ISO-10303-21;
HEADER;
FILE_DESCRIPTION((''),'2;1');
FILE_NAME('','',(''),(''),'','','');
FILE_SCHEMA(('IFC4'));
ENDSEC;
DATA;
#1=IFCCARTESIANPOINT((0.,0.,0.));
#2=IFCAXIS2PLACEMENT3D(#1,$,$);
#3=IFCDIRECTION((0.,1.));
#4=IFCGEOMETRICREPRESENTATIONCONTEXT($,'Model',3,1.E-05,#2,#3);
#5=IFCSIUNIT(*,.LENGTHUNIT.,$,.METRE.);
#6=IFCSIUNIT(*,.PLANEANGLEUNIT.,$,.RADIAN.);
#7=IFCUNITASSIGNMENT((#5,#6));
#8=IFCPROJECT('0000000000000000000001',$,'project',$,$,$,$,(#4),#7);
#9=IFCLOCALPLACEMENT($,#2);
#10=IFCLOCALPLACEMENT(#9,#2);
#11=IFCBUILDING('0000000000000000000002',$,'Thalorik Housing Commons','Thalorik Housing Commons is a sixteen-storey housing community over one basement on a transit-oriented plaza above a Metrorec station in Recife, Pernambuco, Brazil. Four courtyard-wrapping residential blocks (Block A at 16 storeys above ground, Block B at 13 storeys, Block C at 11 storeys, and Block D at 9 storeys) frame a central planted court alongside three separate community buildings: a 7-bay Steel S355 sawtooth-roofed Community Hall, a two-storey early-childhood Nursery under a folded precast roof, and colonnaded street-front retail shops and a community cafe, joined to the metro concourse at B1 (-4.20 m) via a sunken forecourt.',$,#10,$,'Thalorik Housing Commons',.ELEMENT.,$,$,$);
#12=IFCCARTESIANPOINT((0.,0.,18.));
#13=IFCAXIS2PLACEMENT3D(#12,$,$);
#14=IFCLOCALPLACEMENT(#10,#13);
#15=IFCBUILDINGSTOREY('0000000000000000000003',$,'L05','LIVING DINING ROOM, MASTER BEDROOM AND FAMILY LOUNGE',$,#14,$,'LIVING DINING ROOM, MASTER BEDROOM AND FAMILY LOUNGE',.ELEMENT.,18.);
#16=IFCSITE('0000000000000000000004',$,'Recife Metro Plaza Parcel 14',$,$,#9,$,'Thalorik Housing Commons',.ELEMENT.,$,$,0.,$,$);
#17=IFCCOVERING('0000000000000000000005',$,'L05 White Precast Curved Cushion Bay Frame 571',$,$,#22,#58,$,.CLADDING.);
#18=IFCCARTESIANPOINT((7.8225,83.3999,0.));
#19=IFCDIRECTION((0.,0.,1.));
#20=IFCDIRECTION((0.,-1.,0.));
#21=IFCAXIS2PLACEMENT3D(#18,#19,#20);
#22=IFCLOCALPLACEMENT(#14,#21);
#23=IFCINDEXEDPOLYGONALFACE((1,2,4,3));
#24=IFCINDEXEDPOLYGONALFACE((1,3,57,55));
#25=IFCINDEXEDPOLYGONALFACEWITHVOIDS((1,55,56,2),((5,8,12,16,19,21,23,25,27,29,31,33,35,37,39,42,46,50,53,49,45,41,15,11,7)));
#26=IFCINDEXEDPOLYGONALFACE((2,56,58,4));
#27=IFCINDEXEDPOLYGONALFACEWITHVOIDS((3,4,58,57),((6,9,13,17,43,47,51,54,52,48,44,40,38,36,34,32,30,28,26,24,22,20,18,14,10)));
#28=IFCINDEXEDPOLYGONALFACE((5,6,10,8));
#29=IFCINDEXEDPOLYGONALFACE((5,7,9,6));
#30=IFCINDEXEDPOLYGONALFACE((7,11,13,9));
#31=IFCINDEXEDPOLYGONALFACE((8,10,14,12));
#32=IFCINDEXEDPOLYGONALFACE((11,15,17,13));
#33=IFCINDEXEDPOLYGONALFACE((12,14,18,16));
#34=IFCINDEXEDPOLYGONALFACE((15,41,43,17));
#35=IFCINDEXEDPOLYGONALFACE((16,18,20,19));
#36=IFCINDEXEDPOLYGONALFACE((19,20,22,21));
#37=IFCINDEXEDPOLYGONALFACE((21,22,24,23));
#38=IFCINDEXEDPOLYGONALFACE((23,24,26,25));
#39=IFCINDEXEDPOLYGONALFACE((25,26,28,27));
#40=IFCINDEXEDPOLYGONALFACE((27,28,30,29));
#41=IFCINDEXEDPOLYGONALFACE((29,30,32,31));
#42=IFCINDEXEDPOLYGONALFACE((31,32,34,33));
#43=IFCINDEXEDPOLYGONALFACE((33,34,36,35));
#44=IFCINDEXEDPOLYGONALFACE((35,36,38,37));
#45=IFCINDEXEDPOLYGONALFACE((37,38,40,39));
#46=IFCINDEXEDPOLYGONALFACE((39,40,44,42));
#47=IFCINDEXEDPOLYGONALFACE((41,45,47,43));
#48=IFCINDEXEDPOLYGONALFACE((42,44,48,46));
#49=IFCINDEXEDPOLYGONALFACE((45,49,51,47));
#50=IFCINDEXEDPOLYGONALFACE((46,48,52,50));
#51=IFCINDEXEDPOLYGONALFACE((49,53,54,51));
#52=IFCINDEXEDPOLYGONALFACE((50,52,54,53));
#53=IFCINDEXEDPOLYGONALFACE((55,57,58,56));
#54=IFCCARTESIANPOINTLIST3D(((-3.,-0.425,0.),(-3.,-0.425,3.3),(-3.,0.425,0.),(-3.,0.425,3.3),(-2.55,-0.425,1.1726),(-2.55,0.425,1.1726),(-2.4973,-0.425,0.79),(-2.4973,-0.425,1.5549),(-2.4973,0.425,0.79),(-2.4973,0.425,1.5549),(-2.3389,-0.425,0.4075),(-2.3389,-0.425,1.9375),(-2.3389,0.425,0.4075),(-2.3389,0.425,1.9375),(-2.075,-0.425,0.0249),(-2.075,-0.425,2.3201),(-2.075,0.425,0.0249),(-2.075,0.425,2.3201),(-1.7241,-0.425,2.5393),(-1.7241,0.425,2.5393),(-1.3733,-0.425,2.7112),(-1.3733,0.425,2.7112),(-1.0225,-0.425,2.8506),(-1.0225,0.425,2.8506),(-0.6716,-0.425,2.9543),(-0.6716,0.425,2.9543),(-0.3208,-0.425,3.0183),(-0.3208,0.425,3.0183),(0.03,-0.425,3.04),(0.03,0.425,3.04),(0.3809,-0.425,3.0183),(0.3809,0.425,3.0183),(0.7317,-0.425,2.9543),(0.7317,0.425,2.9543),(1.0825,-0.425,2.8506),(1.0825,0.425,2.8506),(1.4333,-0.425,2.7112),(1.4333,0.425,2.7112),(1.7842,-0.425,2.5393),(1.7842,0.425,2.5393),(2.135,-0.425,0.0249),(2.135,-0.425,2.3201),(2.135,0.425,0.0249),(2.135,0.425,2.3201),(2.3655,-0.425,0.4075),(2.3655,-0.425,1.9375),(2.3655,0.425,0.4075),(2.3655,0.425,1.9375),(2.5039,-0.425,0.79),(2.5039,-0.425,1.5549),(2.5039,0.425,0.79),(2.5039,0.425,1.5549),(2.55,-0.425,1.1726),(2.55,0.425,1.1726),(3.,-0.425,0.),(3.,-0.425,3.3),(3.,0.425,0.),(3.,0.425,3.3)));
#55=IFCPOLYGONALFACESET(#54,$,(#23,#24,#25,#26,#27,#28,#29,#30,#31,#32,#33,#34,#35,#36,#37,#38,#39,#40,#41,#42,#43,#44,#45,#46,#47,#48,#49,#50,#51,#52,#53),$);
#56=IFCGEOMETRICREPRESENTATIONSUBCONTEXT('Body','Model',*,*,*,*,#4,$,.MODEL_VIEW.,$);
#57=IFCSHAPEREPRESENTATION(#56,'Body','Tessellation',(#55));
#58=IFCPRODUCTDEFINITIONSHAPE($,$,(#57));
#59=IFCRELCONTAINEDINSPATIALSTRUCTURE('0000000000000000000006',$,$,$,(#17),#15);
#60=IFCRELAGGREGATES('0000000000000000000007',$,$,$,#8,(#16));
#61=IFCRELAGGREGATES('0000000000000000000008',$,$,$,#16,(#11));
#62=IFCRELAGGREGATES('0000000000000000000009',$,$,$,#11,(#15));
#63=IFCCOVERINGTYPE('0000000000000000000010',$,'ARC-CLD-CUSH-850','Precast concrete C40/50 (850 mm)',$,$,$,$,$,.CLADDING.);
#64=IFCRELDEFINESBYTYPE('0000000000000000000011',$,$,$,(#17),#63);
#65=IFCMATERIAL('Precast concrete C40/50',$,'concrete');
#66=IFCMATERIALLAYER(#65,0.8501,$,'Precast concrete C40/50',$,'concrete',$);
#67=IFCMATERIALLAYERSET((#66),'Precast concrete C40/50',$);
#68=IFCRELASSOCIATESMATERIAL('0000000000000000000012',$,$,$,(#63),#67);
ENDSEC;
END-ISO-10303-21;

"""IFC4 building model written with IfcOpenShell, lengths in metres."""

from ifc_helpers import new_model, si_unit, direction, frame, origin, place, context, subcontext, project, spatial, polyline, outline, extrude, material, layer, layer_set, type_object, element, save


model = new_model("IFC4")

# Units and contexts
model_context = context("Model", 3, precision=1e-05, world=origin(), true_north=direction((0.0, 1.0)))
body_context = subcontext(model_context, "Body", "Model", "MODEL_VIEW")
ifc_project = project(units=[si_unit("LENGTHUNIT", "METRE"), si_unit("PLANEANGLEUNIT", "RADIAN")], contexts=[model_context])

# Site, building, storey
site_placement = place(None, origin())
site = spatial("IfcSite", under=ifc_project, at=site_placement, Name="Recife Metro Plaza Parcel 14", LongName="Thalorik Housing Commons", CompositionType="ELEMENT", RefElevation=0.0)
building_placement = place(site_placement, origin())
building = spatial("IfcBuilding", under=site, at=building_placement, Name="Thalorik Housing Commons", Description="Thalorik Housing Commons is a sixteen-storey housing community over one basement on a transit-oriented plaza above a Metrorec station in Recife, Pernambuco, Brazil. Four courtyard-wrapping residential blocks (Block A at 16 storeys above ground, Block B at 13 storeys, Block C at 11 storeys, and Block D at 9 storeys) frame a central planted court alongside three separate community buildings: a 7-bay Steel S355 sawtooth-roofed Community Hall, a two-storey early-childhood Nursery under a folded precast roof, and colonnaded street-front retail shops and a community cafe, joined to the metro concourse at B1 (-4.20 m) via a sunken forecourt.", LongName="Thalorik Housing Commons", CompositionType="ELEMENT")
storey_placement = place(building_placement, frame((0.0, 0.0, 18.0)))
storey = spatial("IfcBuildingStorey", under=building, at=storey_placement, Name="L05", Description="LIVING DINING ROOM, MASTER BEDROOM AND FAMILY LOUNGE", LongName="LIVING DINING ROOM, MASTER BEDROOM AND FAMILY LOUNGE", CompositionType="ELEMENT", Elevation=18.0)

# Shared definitions
ifc_material_1 = material(Name="Precast concrete C40/50", Category="concrete")

# Covering
ifc_layer_1 = layer(ifc_material_1, 0.8501, Name="Precast concrete C40/50", Category="concrete")
ifc_layer_set_1 = layer_set([ifc_layer_1], Name="Precast concrete C40/50")
covering_type_1 = type_object("IfcCoveringType", Name="ARC-CLD-CUSH-850", Description="Precast concrete C40/50 (850 mm)", PredefinedType="CLADDING", material=ifc_layer_set_1)
covering_1_placement = place(storey_placement, frame((7.8225, 83.3999, 0.0), z_axis=(0.0, 0.0, 1.0), x_axis=(0.0, -1.0, 0.0)))
element("IfcCovering", 1, at=covering_1_placement, inside=storey, type_object=covering_type_1, Name="L05 White Precast Curved Cushion Bay Frame 571", PredefinedType="CLADDING", context=body_context, shape_type="SweptSolid", body=[
    extrude(outline(polyline([(-3.0, 0.0), (3.0, 0.0), (3.0, 3.3), (-3.0, 3.3), (-3.0, 0.0)]), holes=[polyline([(2.135, 0.0249), (2.3655, 0.4075), (2.5039, 0.79), (2.55, 1.1726), (2.5039, 1.5549), (2.3655, 1.9375), (2.135, 2.3201), (1.7842, 2.5393), (1.4333, 2.7112), (1.0825, 2.8506), (0.7317, 2.9543), (0.3809, 3.0183), (0.03, 3.04), (-0.3208, 3.0183), (-0.6716, 2.9543), (-1.0225, 2.8506), (-1.3733, 2.7112), (-1.7241, 2.5393), (-2.075, 2.3201), (-2.3389, 1.9375), (-2.4973, 1.5549), (-2.55, 1.1726), (-2.4973, 0.79), (-2.3389, 0.4075), (-2.075, 0.0249), (2.135, 0.0249)])]), frame((0.0, 0.425, 0.0), z_axis=(0.0, -1.0, 0.0), x_axis=(1.0, 0.0, 0.0)), (0.0, 0.0, 1.0), 0.8501),
])

save(model, "model.ifc")
